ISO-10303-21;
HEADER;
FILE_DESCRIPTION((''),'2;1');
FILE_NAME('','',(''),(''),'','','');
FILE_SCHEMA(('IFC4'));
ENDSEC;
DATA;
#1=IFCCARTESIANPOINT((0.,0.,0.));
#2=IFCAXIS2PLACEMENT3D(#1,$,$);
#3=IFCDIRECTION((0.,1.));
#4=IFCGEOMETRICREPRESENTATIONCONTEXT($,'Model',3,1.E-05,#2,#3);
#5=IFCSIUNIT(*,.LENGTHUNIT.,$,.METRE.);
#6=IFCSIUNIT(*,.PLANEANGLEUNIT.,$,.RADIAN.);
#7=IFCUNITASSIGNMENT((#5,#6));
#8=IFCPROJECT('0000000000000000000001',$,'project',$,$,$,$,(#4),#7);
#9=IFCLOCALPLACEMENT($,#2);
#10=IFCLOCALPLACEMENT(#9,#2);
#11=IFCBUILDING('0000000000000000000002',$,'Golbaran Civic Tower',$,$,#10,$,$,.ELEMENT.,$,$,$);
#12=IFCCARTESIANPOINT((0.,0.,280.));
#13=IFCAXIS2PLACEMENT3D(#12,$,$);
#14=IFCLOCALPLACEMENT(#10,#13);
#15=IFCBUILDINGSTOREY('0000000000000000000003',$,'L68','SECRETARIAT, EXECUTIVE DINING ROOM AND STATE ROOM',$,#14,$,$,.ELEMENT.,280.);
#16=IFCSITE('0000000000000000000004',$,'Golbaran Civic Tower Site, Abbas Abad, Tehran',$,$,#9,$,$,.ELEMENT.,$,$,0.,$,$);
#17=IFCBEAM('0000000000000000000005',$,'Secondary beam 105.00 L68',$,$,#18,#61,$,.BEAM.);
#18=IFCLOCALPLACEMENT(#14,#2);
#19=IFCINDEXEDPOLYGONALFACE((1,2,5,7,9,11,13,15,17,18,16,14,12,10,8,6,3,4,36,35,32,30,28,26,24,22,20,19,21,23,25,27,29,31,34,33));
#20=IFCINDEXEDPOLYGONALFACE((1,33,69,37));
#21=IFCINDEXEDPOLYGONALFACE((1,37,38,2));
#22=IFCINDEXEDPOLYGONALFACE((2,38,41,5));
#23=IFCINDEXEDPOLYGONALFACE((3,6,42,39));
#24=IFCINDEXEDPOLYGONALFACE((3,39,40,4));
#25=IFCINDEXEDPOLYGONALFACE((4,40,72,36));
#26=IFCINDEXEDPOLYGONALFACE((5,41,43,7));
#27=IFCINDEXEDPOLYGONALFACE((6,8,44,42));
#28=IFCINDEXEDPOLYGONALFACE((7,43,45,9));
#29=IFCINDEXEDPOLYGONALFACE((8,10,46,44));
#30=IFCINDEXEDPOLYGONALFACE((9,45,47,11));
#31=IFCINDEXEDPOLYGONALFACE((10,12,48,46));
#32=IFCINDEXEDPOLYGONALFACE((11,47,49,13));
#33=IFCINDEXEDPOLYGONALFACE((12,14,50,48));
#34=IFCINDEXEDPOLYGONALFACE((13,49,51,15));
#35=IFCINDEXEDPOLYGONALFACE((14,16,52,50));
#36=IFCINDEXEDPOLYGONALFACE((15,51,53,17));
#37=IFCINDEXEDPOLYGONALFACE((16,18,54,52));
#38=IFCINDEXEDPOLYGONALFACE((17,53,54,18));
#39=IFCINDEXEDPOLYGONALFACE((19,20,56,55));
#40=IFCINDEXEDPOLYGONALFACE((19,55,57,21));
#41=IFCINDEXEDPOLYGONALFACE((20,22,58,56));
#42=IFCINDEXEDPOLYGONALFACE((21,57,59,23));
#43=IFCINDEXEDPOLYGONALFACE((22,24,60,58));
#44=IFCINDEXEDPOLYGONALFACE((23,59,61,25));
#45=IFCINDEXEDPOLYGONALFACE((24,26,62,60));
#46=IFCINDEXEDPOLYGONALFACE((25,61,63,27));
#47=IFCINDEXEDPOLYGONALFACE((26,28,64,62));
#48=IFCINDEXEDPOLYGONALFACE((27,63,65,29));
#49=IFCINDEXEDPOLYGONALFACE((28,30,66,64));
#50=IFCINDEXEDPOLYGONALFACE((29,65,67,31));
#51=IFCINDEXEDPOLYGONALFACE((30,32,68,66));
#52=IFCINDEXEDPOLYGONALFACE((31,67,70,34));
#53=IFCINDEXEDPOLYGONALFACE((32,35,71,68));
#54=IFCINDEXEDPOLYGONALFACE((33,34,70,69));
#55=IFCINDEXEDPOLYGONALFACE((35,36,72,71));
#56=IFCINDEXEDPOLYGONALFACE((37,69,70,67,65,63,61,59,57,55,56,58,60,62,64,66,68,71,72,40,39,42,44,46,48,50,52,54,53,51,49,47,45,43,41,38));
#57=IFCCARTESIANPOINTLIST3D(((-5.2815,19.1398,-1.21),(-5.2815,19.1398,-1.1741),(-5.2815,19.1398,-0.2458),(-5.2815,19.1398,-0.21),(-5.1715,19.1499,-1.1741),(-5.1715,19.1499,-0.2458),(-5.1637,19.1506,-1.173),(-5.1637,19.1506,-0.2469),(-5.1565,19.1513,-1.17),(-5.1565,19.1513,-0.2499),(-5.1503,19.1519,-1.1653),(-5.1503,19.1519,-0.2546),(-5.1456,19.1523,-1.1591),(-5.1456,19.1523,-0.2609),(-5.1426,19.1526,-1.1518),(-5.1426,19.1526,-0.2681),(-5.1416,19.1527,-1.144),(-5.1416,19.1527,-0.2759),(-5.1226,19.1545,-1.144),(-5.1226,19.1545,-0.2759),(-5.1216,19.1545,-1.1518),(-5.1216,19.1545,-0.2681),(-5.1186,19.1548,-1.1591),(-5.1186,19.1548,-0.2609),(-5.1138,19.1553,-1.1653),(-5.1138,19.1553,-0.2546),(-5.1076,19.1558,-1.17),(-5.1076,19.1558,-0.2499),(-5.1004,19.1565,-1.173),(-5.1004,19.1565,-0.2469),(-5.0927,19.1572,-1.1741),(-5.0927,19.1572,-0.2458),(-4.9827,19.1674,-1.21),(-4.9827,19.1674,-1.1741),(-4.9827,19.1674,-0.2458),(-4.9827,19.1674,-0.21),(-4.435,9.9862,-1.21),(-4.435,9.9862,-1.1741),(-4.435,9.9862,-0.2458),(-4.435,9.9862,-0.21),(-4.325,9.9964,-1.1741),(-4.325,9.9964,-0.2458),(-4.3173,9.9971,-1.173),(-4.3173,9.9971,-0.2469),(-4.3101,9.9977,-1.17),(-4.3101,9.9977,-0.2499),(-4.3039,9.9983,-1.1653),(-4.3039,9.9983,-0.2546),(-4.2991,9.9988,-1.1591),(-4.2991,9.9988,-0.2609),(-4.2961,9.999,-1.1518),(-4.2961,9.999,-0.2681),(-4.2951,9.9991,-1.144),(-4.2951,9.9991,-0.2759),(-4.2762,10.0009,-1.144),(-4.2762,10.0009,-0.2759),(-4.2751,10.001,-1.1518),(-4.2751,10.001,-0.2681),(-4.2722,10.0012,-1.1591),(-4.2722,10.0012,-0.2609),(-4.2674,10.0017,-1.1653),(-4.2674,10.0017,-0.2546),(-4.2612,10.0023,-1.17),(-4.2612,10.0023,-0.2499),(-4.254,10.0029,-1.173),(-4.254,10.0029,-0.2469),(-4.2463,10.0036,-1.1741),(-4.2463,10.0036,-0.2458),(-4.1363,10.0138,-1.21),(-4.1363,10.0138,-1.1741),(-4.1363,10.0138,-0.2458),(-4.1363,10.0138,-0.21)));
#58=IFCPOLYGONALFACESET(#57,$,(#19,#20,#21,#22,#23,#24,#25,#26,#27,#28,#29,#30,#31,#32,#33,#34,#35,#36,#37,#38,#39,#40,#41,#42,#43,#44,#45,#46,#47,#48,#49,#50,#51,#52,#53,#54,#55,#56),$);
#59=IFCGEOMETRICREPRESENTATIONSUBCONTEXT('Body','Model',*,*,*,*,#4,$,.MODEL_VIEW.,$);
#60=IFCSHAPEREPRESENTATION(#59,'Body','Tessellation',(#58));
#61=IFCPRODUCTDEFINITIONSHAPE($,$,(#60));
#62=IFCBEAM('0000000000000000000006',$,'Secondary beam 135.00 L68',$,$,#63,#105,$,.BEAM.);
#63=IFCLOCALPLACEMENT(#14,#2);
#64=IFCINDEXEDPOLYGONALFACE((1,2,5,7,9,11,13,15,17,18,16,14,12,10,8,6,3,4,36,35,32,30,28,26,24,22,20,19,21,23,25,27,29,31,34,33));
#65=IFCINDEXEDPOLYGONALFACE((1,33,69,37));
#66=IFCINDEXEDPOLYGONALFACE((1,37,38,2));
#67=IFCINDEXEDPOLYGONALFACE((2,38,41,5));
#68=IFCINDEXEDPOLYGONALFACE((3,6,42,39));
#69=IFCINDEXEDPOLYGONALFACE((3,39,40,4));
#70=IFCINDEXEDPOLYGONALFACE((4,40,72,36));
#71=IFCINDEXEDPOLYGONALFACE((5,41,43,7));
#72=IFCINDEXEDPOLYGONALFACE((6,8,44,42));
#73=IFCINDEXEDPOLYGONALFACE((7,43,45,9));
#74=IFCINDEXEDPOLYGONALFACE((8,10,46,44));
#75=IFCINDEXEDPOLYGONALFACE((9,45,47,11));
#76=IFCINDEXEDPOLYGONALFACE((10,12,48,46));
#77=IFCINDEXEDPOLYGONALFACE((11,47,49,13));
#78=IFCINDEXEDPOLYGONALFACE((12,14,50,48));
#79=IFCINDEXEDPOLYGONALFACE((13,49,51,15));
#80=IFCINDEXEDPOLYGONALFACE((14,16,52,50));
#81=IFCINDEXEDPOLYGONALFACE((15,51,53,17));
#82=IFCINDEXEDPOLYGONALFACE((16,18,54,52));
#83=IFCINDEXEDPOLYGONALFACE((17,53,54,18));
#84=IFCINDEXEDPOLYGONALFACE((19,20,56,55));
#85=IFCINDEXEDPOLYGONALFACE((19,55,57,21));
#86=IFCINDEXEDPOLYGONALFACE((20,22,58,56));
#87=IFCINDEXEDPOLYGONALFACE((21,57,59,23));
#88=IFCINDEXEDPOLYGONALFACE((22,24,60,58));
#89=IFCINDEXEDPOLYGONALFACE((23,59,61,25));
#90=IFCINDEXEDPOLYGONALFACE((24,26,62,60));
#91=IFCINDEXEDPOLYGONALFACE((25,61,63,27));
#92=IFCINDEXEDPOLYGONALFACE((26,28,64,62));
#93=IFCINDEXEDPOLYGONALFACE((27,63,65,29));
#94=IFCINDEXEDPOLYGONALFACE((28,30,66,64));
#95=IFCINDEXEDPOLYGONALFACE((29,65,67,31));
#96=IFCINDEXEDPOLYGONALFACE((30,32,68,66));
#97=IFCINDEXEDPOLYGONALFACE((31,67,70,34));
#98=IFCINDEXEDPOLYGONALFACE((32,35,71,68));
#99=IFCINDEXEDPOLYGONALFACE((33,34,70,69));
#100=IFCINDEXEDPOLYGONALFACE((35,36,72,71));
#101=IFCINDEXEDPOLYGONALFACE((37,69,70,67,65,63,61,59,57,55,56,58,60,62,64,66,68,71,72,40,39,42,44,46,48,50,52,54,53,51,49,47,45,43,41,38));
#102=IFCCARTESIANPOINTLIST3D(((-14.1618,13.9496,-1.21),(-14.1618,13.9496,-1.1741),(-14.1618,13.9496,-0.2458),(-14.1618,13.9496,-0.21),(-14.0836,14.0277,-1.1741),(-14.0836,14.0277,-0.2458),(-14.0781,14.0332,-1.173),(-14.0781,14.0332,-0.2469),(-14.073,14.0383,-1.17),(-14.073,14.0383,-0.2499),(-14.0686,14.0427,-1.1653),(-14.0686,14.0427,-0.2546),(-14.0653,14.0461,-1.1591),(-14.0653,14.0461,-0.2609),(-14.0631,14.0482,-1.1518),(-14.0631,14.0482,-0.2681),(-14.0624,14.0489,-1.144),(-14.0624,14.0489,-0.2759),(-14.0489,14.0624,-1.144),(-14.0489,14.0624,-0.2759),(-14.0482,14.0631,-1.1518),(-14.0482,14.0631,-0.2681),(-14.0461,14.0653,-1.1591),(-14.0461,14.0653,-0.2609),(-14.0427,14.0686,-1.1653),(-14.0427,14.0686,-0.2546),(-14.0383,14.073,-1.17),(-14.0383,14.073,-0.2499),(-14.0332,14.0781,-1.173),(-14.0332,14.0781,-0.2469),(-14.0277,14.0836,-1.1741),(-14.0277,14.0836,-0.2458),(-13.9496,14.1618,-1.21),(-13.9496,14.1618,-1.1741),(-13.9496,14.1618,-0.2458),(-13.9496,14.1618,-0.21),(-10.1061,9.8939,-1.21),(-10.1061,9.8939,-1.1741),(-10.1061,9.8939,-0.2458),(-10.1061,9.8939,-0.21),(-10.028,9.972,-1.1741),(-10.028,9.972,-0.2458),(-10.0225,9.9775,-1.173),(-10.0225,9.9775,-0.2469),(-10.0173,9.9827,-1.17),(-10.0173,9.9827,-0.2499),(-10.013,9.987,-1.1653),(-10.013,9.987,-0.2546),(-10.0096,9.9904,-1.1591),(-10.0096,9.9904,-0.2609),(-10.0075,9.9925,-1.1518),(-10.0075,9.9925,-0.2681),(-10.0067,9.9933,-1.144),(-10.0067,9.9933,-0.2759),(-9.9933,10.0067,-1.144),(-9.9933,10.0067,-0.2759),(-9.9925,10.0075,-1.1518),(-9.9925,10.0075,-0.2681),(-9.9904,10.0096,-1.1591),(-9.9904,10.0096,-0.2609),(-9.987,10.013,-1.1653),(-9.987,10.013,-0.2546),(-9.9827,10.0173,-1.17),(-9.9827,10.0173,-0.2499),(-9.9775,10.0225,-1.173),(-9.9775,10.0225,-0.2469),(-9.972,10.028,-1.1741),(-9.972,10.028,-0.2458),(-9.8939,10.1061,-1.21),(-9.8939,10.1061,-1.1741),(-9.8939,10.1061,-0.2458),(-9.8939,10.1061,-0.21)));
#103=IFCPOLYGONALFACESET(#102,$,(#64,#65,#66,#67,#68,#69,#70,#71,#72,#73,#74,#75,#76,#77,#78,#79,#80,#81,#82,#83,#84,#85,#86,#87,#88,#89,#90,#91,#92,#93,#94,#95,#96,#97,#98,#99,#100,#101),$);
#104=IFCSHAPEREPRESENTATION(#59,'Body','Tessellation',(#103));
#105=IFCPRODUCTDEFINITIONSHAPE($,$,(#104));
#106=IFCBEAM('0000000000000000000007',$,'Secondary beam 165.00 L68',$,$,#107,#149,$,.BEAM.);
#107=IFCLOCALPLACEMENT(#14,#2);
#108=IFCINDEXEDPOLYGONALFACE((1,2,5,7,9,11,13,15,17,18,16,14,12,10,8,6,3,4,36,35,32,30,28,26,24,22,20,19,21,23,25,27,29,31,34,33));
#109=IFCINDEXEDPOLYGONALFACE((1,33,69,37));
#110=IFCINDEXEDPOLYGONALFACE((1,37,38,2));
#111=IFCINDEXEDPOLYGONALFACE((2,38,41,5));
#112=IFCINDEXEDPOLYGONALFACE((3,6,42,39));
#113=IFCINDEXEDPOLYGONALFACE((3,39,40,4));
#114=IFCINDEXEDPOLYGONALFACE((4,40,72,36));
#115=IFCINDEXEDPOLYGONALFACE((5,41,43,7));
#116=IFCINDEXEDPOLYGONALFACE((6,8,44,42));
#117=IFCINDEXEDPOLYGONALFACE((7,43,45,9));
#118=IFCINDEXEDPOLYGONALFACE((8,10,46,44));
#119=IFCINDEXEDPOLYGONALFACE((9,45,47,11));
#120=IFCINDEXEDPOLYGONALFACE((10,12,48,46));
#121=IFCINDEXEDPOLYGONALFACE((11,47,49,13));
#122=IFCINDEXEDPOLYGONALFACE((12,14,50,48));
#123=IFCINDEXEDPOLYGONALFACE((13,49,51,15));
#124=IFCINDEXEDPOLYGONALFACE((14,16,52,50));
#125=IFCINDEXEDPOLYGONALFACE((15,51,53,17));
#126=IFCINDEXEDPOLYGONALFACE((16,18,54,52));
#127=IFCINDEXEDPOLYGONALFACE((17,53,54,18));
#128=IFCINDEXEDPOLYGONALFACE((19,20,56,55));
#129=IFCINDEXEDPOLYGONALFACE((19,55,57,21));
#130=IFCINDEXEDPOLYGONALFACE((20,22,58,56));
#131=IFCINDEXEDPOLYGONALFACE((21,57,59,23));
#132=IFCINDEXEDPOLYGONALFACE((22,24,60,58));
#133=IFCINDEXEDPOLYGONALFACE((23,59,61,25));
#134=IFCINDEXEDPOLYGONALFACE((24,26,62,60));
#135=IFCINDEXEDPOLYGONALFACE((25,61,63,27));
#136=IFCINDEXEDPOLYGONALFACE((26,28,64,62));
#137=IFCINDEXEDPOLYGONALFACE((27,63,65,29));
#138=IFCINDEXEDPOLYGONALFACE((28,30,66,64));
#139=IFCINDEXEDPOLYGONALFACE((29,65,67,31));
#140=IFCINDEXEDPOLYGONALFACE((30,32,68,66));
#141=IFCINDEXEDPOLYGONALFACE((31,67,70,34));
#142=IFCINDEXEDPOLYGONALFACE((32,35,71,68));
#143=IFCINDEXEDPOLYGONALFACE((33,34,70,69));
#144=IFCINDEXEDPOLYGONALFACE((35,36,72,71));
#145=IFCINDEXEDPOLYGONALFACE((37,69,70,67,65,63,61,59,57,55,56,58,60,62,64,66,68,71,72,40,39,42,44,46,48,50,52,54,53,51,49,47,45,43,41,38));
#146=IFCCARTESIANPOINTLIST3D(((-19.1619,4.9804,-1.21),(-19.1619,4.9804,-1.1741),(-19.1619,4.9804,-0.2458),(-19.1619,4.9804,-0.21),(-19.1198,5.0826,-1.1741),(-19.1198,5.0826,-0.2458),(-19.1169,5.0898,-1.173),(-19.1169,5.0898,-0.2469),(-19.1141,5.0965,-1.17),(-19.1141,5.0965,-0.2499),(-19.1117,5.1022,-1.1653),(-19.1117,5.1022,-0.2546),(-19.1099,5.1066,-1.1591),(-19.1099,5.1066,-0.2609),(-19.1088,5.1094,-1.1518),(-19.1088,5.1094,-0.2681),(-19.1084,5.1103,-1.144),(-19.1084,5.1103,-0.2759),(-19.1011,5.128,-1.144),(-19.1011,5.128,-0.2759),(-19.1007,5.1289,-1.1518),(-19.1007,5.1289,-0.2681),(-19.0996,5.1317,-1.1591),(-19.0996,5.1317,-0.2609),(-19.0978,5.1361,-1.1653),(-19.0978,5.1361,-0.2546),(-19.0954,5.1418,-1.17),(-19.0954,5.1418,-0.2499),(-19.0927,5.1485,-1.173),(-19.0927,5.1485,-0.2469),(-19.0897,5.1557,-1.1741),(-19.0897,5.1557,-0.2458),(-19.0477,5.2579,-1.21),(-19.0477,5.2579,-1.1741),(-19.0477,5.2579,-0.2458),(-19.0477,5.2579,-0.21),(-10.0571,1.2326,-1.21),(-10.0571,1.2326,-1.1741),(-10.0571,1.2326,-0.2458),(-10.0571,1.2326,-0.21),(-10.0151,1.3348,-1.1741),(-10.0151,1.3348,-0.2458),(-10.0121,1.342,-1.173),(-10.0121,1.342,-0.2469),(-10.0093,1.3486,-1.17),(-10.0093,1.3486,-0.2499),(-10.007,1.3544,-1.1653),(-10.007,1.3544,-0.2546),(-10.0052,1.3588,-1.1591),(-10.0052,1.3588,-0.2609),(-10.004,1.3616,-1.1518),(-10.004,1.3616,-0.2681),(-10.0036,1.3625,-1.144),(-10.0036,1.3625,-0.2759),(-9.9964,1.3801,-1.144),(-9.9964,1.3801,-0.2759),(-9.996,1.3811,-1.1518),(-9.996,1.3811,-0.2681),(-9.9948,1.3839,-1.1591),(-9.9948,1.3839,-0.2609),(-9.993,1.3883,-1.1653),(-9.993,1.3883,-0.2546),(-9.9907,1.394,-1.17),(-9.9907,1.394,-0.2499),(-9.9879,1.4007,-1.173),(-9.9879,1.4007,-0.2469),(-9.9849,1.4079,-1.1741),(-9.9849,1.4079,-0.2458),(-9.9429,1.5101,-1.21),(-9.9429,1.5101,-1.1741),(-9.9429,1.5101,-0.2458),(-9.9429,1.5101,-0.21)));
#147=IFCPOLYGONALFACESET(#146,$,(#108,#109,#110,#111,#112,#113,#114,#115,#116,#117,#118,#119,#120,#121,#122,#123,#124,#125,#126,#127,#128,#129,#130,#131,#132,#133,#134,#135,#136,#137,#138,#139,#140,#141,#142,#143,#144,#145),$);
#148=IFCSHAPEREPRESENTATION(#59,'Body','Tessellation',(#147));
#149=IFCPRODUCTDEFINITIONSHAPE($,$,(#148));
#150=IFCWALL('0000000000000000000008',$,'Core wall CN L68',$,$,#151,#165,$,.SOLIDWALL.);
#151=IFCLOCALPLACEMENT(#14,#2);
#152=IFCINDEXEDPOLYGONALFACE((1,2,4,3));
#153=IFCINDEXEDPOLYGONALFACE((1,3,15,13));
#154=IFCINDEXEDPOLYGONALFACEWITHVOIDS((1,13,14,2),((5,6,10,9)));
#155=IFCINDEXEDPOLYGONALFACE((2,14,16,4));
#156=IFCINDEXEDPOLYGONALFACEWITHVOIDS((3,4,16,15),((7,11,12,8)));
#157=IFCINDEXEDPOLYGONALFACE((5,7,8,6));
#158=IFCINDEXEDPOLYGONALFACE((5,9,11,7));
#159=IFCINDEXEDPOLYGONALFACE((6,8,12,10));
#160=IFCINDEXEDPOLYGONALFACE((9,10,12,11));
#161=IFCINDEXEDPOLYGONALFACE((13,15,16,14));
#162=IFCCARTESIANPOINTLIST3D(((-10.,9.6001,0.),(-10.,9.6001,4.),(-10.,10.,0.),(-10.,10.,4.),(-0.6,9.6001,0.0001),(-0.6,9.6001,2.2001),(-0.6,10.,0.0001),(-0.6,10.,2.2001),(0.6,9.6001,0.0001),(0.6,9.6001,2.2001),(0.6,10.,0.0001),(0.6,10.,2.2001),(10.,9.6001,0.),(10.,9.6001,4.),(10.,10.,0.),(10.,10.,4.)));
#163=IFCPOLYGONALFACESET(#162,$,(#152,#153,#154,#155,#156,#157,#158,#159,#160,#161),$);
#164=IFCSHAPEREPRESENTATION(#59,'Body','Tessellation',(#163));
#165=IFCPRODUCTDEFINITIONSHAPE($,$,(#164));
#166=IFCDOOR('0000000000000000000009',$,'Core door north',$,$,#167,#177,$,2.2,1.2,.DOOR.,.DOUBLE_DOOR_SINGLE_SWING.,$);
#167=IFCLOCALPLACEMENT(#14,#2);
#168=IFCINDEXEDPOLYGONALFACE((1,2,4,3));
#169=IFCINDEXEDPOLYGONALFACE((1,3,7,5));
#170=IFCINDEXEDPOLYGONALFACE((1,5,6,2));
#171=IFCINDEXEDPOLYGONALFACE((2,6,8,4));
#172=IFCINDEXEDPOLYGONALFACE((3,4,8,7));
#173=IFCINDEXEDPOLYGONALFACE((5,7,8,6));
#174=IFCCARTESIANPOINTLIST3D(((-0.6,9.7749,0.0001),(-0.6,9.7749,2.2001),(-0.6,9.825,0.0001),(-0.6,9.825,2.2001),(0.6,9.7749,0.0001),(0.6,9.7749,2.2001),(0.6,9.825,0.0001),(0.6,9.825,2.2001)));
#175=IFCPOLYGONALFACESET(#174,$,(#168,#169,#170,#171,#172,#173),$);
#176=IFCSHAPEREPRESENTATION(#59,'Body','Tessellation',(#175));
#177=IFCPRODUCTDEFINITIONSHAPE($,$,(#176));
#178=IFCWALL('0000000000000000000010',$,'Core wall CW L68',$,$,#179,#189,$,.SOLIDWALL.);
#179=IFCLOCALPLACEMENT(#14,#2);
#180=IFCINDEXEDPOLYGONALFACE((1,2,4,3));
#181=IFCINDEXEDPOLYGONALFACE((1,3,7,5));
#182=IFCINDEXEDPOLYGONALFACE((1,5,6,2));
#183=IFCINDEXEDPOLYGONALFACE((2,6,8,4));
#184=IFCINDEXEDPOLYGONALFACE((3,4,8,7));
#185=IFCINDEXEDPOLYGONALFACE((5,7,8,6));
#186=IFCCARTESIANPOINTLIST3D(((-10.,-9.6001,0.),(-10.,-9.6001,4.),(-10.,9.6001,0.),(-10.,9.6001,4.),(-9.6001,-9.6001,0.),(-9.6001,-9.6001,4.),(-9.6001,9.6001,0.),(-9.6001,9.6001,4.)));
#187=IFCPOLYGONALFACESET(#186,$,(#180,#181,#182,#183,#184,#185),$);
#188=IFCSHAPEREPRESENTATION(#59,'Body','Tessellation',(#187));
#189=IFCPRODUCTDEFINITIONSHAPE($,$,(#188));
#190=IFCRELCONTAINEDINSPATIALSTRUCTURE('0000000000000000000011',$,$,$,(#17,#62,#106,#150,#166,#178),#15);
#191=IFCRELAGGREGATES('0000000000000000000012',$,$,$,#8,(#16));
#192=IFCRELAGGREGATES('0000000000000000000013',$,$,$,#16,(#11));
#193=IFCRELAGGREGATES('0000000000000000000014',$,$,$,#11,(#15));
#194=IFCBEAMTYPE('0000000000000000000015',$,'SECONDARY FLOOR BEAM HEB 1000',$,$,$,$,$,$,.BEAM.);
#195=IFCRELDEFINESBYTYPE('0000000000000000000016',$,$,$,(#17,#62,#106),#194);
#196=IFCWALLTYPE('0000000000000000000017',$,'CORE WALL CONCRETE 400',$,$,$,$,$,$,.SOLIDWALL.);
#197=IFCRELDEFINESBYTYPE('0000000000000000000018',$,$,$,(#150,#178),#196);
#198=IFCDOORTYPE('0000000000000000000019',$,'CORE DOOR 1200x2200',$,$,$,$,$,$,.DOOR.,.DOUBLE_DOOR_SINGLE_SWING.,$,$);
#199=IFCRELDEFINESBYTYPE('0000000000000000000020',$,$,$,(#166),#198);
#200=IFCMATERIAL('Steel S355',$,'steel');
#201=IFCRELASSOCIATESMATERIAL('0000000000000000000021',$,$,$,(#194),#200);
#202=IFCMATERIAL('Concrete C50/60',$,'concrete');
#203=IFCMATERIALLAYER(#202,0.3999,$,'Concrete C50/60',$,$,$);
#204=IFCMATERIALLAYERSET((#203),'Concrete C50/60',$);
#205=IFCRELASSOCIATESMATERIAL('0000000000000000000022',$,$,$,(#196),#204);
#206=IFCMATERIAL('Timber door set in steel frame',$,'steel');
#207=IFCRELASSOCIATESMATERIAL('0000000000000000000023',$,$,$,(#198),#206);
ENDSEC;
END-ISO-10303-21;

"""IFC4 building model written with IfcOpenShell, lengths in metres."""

from ifc_helpers import new_model, si_unit, direction, frame, frame_2d, origin, origin_2d, place, context, subcontext, project, spatial, rectangle, i_section, extrude, material, layer, layer_set, material_profile, profile_set, type_object, element, fill, save


model = new_model("IFC4")

# Units and contexts
model_context = context("Model", 3, precision=1e-05, world=origin(), true_north=direction((0.0, 1.0)))
body_context = subcontext(model_context, "Body", "Model", "MODEL_VIEW")
ifc_project = project(units=[si_unit("LENGTHUNIT", "METRE"), si_unit("PLANEANGLEUNIT", "RADIAN")], contexts=[model_context])

# Site, building, storey
site_placement = place(None, origin())
site = spatial("IfcSite", under=ifc_project, at=site_placement, Name="Golbaran Civic Tower Site, Abbas Abad, Tehran", CompositionType="ELEMENT", RefElevation=0.0)
building_placement = place(site_placement, origin())
building = spatial("IfcBuilding", under=site, at=building_placement, Name="Golbaran Civic Tower", CompositionType="ELEMENT")
storey_placement = place(building_placement, frame((0.0, 0.0, 280.0)))
storey = spatial("IfcBuildingStorey", under=building, at=storey_placement, Name="L68", Description="SECRETARIAT, EXECUTIVE DINING ROOM AND STATE ROOM", CompositionType="ELEMENT", Elevation=280.0)

# Beams
ifc_material_1 = material(Name="Steel S355", Category="steel")
ifc_material_profile_1 = material_profile(ifc_material_1, i_section(OverallWidth=0.3, OverallDepth=1.0, WebThickness=0.019, FlangeThickness=0.0359, FilletRadius=0.03, at=origin_2d()), Name="HEB 1000")
ifc_profile_set_1 = profile_set([ifc_material_profile_1], Name="Steel S355")
beam_type_1 = type_object("IfcBeamType", Name="SECONDARY FLOOR BEAM HEB 1000", PredefinedType="BEAM", material=ifc_profile_set_1)
beam_1_placement = place(storey_placement, frame((-4.2856, 10.0, -0.71), z_axis=(-0.092078, 0.995752, 0.0), x_axis=(-0.995752, -0.092078, 0.0)))
element("IfcBeam", 1, at=beam_1_placement, inside=storey, type_object=beam_type_1, Name="Secondary beam 105.00 L68", PredefinedType="BEAM", context=body_context, shape_type="SweptSolid", body=[
    extrude(i_section(OverallWidth=0.3, OverallDepth=1.0, WebThickness=0.019, FlangeThickness=0.0359, FilletRadius=0.03, at=origin_2d()), origin(), (0.0, 0.0, 1.0), 9.1926),
])
beam_2_placement = place(storey_placement, frame((-10.0, 10.0, -0.71), z_axis=(-0.707107, 0.707107, 0.0), x_axis=(-0.707107, -0.707107, 0.0)))
element("IfcBeam", 2, at=beam_2_placement, inside=storey, type_object=beam_type_1, Name="Secondary beam 135.00 L68", PredefinedType="BEAM", context=body_context, shape_type="SweptSolid", body=[
    extrude(i_section(OverallWidth=0.3, OverallDepth=1.0, WebThickness=0.019, FlangeThickness=0.0359, FilletRadius=0.03, at=origin_2d()), origin(), (0.0, 0.0, 1.0), 5.7356),
])
beam_3_placement = place(storey_placement, frame((-10.0, 1.3713, -0.71), z_axis=(-0.924721, 0.380645, 0.0), x_axis=(-0.380645, -0.924721, 0.0)))
element("IfcBeam", 3, at=beam_3_placement, inside=storey, type_object=beam_type_1, Name="Secondary beam 165.00 L68", PredefinedType="BEAM", context=body_context, shape_type="SweptSolid", body=[
    extrude(i_section(OverallWidth=0.3, OverallDepth=1.0, WebThickness=0.019, FlangeThickness=0.0359, FilletRadius=0.03, at=origin_2d()), origin(), (0.0, 0.0, 1.0), 9.8459),
])

# Wall, opening, door
ifc_material_2 = material(Name="Concrete C50/60", Category="concrete")
ifc_layer_1 = layer(ifc_material_2, 0.3999, Name="Concrete C50/60")
ifc_layer_set_1 = layer_set([ifc_layer_1], Name="Concrete C50/60")
wall_type_1 = type_object("IfcWallType", Name="CORE WALL CONCRETE 400", PredefinedType="SOLIDWALL", material=ifc_layer_set_1)
wall_1_placement = place(storey_placement, frame((-10.0, 9.8, 0.0), z_axis=(0.0, 0.0, 1.0), x_axis=(1.0, 0.0, 0.0)))
wall_1 = element("IfcWall", 4, at=wall_1_placement, inside=storey, type_object=wall_type_1, Name="Core wall CN L68", PredefinedType="SOLIDWALL", context=body_context, shape_type="SweptSolid", body=[
    extrude(rectangle(XDim=20.0, YDim=0.3999, at=frame_2d((10.0, 0.0))), origin(), (0.0, 0.0, 1.0), 4.0),
])
opening_1_placement = place(wall_1_placement, frame((9.3999, 0.0, 0.0)))
opening_1 = element("IfcOpeningElement", 5, at=opening_1_placement, cuts=wall_1, PredefinedType="OPENING", context=body_context, shape_type="SweptSolid", body=[
    extrude(rectangle(XDim=1.2, YDim=2.2, at=frame_2d((0.6001, 1.1001))), frame((0.0, 0.21, 0.0), z_axis=(0.0, -1.0, 0.0), x_axis=(1.0, 0.0, 0.0)), (0.0, 0.0, 1.0), 0.4199),
])
ifc_material_3 = material(Name="Timber door set in steel frame", Category="steel")
door_type_1 = type_object("IfcDoorType", Name="CORE DOOR 1200x2200", OperationType="DOUBLE_DOOR_SINGLE_SWING", PredefinedType="DOOR", material=ifc_material_3)
door_1_placement = place(opening_1_placement, origin())
door_1 = element("IfcDoor", 6, at=door_1_placement, inside=storey, type_object=door_type_1, Name="Core door north", OperationType="DOUBLE_DOOR_SINGLE_SWING", OverallHeight=2.2, OverallWidth=1.2, PredefinedType="DOOR", context=body_context, shape_type="SweptSolid", body=[
    extrude(rectangle(XDim=1.2, YDim=2.2, at=frame_2d((0.6001, 1.1001))), frame((0.0, 0.0249, 0.0), z_axis=(0.0, -1.0, 0.0), x_axis=(1.0, 0.0, 0.0)), (0.0, 0.0, 1.0), 0.05),
])
fill(opening_1, door_1)

# Wall
wall_2_placement = place(storey_placement, frame((-9.8, 9.6001, 0.0), z_axis=(0.0, 0.0, 1.0), x_axis=(0.0, -1.0, 0.0)))
element("IfcWall", 7, at=wall_2_placement, inside=storey, type_object=wall_type_1, Name="Core wall CW L68", PredefinedType="SOLIDWALL", context=body_context, shape_type="SweptSolid", body=[
    extrude(rectangle(XDim=19.2002, YDim=0.3999, at=frame_2d((9.6001, 0.0))), origin(), (0.0, 0.0, 1.0), 4.0),
])

save(model, "model.ifc")
